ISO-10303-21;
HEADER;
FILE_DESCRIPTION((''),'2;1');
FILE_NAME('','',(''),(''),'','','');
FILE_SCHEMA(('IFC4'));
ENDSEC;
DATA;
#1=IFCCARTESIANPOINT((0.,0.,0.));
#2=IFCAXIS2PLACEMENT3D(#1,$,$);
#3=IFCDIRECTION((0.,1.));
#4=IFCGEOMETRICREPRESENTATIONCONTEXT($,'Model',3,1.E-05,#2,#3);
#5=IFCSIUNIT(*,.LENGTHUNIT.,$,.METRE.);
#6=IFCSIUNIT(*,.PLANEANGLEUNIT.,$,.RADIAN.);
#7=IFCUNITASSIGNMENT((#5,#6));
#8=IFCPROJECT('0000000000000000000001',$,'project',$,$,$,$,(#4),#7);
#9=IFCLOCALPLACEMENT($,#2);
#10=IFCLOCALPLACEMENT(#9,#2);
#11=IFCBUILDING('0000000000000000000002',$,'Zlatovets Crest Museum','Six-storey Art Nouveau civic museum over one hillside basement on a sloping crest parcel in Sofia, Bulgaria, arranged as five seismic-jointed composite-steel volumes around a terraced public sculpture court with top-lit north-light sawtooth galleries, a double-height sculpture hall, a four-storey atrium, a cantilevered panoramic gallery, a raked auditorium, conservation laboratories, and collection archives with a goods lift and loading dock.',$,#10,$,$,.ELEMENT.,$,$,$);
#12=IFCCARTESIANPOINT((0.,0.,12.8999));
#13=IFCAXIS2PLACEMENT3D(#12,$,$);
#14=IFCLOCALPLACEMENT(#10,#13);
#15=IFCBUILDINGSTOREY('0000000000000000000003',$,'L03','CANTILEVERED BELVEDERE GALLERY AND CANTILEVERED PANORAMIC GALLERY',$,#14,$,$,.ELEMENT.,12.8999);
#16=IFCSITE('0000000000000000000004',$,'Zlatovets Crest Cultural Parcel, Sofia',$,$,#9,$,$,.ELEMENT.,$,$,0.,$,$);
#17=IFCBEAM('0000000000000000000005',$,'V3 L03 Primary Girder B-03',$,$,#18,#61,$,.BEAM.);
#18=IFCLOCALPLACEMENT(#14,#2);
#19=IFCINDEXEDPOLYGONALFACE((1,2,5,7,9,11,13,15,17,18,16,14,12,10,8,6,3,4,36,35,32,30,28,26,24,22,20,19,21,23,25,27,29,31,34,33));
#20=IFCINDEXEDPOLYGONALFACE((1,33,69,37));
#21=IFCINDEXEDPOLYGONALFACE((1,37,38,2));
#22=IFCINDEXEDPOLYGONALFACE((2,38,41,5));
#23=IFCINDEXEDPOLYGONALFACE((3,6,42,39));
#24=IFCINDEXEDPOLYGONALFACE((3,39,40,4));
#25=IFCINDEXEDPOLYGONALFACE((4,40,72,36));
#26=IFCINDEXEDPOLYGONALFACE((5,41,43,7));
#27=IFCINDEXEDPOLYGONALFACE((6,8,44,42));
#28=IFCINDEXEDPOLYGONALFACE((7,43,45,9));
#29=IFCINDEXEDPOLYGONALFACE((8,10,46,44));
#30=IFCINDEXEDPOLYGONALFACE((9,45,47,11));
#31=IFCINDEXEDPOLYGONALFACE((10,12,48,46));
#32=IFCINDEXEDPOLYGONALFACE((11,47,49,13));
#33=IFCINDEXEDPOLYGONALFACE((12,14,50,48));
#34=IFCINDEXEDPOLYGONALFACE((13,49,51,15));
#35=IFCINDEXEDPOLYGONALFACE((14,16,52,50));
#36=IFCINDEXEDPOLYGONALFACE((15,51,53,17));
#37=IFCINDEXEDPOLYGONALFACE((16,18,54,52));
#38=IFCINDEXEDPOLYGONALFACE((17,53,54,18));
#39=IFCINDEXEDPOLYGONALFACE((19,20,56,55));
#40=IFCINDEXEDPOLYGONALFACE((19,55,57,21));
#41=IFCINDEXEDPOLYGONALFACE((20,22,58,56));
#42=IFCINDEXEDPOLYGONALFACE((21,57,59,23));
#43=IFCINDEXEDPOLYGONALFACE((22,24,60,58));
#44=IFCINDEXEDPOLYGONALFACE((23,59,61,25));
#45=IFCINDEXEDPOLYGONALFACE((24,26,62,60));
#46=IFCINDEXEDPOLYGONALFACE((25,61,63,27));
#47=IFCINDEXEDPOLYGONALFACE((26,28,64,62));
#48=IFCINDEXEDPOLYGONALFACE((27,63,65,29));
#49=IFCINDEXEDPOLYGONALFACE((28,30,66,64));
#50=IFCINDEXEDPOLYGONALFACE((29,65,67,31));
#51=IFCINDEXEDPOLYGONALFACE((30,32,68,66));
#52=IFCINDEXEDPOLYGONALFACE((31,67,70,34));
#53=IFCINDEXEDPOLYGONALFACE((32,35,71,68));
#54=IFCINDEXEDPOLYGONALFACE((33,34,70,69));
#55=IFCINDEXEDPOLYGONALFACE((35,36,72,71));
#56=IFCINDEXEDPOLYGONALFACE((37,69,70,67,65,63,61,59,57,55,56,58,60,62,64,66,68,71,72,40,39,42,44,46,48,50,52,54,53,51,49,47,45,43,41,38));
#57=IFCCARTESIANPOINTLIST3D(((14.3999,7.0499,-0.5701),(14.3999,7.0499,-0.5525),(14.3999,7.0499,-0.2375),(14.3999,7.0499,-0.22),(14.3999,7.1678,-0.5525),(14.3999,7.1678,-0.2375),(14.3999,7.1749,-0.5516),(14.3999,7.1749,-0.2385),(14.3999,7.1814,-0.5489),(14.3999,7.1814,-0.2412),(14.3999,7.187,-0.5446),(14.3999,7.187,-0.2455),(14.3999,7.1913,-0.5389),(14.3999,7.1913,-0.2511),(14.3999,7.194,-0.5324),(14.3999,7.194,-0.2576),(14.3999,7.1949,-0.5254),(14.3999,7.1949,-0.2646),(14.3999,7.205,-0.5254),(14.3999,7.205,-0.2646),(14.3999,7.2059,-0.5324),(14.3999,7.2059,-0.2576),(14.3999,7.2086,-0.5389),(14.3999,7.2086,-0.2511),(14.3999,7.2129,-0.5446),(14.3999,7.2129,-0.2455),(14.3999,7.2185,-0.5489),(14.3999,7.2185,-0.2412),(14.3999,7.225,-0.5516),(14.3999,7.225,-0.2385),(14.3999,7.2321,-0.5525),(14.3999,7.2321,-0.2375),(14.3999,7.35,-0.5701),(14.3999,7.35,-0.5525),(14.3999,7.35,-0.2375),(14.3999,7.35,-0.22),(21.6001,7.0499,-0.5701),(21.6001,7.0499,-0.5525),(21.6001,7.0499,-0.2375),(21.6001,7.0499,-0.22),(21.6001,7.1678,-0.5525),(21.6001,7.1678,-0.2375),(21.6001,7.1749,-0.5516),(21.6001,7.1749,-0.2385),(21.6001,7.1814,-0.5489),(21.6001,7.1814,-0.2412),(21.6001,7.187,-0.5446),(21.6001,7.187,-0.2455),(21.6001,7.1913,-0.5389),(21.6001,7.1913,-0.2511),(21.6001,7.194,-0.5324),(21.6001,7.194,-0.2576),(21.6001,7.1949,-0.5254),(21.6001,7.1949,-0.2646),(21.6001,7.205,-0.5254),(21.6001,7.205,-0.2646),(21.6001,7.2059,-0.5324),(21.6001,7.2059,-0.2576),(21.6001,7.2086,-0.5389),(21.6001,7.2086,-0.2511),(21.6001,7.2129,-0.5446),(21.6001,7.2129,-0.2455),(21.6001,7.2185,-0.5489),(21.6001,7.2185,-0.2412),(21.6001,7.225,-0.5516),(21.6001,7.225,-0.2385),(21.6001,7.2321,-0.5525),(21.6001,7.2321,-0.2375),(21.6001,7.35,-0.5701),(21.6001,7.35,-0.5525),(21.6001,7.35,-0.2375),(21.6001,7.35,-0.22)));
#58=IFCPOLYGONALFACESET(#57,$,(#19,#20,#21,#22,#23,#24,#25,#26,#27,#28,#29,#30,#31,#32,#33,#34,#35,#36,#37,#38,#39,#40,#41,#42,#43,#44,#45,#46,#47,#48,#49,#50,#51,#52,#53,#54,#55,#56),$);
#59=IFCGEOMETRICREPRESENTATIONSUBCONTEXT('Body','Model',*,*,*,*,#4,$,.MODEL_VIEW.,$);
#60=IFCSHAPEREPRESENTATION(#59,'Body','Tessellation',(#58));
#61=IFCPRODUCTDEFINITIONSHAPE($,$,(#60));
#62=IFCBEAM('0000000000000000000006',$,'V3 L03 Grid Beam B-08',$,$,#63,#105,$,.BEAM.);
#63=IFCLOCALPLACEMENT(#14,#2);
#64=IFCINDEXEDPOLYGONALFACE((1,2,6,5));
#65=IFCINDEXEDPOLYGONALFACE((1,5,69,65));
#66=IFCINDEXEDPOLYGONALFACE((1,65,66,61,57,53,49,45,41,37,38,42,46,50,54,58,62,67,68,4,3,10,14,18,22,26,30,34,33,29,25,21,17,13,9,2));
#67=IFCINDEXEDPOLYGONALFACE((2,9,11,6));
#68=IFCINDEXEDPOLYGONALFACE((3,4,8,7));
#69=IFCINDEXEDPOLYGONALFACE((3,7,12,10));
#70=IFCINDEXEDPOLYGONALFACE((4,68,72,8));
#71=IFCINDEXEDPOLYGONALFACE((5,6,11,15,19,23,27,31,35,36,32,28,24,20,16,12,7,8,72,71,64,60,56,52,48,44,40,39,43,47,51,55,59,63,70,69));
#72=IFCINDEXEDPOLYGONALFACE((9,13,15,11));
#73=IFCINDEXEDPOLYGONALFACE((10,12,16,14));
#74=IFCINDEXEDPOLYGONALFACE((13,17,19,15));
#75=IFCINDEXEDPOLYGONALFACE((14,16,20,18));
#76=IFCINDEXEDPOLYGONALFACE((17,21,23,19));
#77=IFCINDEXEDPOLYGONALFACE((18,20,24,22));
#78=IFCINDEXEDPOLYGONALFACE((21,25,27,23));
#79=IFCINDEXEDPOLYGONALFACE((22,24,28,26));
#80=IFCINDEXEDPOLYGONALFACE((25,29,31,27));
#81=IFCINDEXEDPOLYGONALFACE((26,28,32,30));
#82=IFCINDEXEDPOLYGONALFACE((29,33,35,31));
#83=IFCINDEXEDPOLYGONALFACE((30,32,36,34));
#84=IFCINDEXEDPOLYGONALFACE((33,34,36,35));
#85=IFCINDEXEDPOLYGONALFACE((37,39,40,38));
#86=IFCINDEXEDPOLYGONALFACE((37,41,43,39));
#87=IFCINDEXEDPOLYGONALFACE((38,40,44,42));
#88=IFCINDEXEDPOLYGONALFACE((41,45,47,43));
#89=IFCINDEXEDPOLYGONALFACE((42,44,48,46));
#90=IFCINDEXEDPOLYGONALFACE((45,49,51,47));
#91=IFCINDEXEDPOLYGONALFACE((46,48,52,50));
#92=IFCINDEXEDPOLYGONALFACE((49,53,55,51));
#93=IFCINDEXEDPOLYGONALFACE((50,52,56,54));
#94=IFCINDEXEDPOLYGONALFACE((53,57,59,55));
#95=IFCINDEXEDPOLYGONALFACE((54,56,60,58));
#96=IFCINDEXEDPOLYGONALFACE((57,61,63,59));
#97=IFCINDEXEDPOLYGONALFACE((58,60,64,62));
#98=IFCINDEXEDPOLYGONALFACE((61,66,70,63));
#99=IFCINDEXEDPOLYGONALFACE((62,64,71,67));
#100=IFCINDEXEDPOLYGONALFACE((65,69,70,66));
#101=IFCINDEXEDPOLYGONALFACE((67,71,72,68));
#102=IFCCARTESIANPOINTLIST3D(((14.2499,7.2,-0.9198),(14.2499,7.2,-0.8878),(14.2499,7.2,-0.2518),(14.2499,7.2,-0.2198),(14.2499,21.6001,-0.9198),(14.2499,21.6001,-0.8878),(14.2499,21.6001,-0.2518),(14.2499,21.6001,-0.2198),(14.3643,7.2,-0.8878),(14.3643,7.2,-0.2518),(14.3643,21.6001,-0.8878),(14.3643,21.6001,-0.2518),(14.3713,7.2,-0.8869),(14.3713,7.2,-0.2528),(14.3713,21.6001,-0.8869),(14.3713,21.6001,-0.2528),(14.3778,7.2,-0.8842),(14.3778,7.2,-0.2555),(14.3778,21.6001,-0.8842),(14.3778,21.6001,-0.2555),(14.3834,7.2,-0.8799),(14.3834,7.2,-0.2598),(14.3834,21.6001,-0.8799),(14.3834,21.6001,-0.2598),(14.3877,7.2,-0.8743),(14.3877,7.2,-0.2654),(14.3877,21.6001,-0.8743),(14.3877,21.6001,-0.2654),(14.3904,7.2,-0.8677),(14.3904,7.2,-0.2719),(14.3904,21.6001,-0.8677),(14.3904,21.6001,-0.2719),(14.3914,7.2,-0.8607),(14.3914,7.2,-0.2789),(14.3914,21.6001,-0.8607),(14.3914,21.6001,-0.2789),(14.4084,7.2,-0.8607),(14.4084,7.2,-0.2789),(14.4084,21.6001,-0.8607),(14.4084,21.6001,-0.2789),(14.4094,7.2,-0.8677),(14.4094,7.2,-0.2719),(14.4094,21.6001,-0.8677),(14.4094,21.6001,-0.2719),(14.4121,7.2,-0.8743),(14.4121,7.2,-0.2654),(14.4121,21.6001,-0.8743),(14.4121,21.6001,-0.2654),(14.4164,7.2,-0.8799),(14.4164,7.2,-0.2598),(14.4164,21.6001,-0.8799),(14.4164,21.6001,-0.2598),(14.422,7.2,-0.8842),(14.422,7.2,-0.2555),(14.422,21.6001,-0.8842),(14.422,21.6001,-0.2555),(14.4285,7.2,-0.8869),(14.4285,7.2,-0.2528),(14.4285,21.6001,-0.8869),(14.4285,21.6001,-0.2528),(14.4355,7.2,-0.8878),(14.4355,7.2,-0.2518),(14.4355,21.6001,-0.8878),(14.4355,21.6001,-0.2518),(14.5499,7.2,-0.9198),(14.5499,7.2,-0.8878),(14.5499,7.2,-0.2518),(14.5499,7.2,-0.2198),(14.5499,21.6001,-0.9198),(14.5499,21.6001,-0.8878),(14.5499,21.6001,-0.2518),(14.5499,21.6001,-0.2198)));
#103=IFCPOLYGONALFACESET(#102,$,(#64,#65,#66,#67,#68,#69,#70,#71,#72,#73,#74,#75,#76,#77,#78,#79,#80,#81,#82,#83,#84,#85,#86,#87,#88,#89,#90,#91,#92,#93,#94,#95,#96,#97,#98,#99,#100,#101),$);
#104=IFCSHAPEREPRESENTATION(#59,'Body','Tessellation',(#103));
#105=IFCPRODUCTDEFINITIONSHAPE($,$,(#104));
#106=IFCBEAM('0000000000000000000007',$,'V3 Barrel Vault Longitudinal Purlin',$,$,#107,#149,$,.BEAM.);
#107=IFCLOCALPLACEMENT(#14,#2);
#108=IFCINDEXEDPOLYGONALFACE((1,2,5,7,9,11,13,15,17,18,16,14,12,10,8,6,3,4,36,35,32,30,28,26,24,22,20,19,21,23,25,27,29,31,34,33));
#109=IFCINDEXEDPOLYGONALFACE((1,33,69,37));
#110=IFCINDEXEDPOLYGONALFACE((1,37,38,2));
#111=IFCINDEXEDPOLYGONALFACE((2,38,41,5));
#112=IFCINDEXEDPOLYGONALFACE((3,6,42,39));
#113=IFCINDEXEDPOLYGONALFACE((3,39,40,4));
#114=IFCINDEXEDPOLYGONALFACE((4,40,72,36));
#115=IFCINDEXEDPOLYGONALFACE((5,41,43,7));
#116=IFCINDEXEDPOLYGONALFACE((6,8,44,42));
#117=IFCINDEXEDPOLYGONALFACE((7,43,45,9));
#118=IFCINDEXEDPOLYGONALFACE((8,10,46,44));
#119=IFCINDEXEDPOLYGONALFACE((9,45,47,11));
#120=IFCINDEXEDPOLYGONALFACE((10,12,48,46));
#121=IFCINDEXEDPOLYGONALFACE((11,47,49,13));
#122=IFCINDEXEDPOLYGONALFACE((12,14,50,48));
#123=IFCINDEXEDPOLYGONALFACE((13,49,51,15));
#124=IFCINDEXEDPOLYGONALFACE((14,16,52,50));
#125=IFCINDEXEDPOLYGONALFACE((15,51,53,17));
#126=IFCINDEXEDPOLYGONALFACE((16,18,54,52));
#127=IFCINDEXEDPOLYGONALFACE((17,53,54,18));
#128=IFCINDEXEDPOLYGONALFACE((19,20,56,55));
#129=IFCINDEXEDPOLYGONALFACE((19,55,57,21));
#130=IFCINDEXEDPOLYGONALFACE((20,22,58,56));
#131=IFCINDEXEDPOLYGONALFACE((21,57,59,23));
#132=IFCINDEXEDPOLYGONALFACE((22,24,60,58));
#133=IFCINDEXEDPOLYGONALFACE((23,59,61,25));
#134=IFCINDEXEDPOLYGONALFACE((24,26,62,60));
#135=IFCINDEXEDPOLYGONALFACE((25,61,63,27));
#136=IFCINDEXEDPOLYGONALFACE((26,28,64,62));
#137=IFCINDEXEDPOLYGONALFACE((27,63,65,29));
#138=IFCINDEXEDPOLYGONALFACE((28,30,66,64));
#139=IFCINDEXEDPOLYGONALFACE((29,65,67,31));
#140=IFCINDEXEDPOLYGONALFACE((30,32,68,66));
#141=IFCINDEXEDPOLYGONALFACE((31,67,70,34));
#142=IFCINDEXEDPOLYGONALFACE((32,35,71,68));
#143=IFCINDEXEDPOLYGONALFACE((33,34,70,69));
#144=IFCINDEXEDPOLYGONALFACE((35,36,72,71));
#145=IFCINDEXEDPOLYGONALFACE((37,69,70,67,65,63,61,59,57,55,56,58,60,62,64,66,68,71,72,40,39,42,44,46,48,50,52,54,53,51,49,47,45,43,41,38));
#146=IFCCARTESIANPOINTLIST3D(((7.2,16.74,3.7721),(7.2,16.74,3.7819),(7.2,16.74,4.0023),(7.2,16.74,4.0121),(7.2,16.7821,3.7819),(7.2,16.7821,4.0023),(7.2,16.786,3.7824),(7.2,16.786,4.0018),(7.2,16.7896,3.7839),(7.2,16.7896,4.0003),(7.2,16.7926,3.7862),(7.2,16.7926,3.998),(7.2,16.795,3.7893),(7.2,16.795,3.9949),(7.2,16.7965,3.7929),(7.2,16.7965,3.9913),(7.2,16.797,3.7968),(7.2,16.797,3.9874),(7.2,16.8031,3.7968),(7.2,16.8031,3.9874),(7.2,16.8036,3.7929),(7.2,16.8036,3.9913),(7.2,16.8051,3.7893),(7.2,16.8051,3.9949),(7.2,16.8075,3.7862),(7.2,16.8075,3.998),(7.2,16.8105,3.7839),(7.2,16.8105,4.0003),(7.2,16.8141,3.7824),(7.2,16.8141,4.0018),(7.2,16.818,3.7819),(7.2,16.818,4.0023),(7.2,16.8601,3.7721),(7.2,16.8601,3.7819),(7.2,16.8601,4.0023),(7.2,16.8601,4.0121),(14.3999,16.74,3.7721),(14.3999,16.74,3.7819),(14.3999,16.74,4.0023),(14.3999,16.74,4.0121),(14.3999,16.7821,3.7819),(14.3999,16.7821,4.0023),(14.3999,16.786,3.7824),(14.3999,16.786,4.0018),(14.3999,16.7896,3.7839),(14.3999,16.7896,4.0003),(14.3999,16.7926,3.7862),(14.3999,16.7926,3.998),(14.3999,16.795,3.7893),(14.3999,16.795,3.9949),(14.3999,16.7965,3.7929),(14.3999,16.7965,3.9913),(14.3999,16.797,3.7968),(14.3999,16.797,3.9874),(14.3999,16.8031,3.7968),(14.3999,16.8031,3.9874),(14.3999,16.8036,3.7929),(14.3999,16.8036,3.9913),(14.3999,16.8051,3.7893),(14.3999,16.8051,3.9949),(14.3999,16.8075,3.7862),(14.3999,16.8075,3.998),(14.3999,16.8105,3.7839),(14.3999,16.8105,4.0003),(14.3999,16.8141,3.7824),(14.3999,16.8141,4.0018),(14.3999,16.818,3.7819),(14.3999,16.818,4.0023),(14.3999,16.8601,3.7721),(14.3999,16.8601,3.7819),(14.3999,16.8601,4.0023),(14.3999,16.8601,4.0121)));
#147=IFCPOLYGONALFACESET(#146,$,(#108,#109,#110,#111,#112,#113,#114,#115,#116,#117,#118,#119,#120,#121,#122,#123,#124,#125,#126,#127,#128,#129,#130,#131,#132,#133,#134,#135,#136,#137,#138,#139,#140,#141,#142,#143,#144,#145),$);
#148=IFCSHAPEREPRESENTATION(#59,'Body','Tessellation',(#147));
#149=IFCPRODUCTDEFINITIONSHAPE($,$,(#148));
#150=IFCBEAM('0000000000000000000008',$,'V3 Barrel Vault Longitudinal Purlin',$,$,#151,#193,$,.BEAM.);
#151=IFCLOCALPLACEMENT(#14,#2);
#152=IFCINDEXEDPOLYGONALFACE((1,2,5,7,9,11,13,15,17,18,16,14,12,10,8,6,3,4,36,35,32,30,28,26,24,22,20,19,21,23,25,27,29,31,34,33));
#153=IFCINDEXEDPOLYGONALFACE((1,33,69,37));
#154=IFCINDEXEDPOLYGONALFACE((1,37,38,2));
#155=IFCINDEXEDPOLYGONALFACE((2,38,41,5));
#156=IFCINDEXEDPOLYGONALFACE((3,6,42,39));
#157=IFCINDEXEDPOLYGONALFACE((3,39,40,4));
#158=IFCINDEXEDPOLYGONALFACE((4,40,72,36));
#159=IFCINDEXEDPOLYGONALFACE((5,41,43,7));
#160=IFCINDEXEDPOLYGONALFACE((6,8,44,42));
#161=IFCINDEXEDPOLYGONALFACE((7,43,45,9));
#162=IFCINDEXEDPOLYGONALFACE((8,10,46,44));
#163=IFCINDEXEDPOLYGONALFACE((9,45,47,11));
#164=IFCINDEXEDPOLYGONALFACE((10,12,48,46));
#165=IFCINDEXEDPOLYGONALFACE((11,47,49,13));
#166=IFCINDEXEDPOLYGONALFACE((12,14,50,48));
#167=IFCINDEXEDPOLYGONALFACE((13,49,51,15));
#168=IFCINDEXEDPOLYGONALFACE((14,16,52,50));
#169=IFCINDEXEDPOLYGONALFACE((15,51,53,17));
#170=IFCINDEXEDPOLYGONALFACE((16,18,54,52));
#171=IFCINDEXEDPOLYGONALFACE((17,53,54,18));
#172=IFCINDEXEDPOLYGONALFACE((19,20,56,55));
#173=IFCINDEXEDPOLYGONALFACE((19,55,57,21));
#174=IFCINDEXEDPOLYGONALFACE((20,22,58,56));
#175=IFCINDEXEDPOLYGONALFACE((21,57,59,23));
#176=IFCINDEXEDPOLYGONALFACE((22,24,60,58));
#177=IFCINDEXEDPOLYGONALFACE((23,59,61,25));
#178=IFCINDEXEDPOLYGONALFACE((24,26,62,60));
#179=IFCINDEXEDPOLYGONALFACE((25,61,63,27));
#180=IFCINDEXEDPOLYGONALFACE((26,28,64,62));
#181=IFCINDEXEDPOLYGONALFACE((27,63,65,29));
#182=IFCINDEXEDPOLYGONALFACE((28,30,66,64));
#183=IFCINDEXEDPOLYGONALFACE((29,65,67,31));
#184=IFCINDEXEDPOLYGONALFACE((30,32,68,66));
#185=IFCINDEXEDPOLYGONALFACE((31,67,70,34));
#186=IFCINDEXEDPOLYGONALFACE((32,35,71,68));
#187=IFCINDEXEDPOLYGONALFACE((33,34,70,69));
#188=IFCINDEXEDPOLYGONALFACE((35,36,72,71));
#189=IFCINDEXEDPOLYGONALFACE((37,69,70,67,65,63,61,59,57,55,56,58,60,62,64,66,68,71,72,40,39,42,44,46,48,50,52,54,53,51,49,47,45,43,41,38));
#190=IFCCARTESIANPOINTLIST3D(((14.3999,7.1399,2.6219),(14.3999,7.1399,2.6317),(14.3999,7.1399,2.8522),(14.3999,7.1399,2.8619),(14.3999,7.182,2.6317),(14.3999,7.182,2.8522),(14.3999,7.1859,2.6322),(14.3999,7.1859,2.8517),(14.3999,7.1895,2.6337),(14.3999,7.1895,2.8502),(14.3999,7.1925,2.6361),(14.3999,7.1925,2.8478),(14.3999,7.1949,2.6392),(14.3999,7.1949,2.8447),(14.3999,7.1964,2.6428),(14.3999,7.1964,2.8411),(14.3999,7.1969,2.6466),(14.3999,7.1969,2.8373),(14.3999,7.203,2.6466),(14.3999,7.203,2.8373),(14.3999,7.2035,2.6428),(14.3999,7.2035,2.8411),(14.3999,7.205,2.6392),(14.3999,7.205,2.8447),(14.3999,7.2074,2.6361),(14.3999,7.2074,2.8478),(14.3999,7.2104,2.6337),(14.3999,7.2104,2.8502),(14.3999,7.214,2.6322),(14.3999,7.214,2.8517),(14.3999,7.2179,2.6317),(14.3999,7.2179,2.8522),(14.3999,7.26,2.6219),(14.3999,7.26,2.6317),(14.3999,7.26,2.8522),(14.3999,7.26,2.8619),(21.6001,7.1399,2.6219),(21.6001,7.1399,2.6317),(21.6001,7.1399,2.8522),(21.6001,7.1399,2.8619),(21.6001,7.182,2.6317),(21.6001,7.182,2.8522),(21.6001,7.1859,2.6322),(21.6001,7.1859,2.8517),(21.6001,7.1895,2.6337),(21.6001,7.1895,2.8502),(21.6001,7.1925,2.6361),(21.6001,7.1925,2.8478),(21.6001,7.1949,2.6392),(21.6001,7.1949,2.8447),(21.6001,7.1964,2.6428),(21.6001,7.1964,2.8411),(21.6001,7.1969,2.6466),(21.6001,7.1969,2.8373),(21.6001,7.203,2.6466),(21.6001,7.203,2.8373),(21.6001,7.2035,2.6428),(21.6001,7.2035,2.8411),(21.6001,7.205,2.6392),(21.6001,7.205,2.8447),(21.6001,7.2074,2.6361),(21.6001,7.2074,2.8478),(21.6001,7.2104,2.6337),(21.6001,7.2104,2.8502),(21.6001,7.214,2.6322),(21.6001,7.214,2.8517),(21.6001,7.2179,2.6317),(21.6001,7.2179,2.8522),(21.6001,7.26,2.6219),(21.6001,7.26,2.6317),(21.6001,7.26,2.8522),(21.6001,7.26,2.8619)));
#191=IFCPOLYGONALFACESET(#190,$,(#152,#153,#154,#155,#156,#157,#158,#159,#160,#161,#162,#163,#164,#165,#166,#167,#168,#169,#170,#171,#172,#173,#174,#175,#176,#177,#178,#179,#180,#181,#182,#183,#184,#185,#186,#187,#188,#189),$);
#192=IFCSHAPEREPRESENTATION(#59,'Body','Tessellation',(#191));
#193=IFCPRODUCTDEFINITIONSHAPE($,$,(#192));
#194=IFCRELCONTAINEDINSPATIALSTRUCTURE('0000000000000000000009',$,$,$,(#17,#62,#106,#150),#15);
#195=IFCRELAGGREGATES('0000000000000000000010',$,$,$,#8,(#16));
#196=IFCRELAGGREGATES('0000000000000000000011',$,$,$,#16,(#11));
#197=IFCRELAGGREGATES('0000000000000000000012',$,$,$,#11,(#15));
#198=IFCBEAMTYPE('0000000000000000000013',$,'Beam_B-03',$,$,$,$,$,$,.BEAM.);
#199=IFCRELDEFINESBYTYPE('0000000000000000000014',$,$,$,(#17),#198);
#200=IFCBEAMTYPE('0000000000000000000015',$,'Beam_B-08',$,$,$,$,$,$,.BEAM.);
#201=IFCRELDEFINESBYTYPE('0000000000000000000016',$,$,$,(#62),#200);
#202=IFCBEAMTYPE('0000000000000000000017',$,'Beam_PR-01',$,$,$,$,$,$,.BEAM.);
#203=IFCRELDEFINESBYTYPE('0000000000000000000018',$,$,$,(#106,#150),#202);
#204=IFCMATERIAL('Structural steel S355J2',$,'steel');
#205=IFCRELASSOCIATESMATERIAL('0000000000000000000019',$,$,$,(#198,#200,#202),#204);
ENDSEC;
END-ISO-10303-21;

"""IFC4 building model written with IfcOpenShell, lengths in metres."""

from ifc_helpers import new_model, si_unit, direction, frame, origin, origin_2d, place, context, subcontext, project, spatial, i_section, extrude, material, material_profile, profile_set, type_object, element, save


model = new_model("IFC4")

# Units and contexts
model_context = context("Model", 3, precision=1e-05, world=origin(), true_north=direction((0.0, 1.0)))
body_context = subcontext(model_context, "Body", "Model", "MODEL_VIEW")
ifc_project = project(units=[si_unit("LENGTHUNIT", "METRE"), si_unit("PLANEANGLEUNIT", "RADIAN")], contexts=[model_context])

# Site, building, storey
site_placement = place(None, origin())
site = spatial("IfcSite", under=ifc_project, at=site_placement, Name="Zlatovets Crest Cultural Parcel, Sofia", CompositionType="ELEMENT", RefElevation=0.0)
building_placement = place(site_placement, origin())
building = spatial("IfcBuilding", under=site, at=building_placement, Name="Zlatovets Crest Museum", Description="Six-storey Art Nouveau civic museum over one hillside basement on a sloping crest parcel in Sofia, Bulgaria, arranged as five seismic-jointed composite-steel volumes around a terraced public sculpture court with top-lit north-light sawtooth galleries, a double-height sculpture hall, a four-storey atrium, a cantilevered panoramic gallery, a raked auditorium, conservation laboratories, and collection archives with a goods lift and loading dock.", CompositionType="ELEMENT")
storey_placement = place(building_placement, frame((0.0, 0.0, 12.8999)))
storey = spatial("IfcBuildingStorey", under=building, at=storey_placement, Name="L03", Description="CANTILEVERED BELVEDERE GALLERY AND CANTILEVERED PANORAMIC GALLERY", CompositionType="ELEMENT", Elevation=12.8999)

# Beams
ifc_material_1 = material(Name="Structural steel S355J2", Category="steel")
ifc_material_profile_1 = material_profile(ifc_material_1, i_section(OverallWidth=0.3, OverallDepth=0.3501, WebThickness=0.01, FlangeThickness=0.0176, FilletRadius=0.0271, at=origin_2d()), Name="HEA 360")
ifc_profile_set_1 = profile_set([ifc_material_profile_1], Name="Structural steel S355J2")
beam_type_1 = type_object("IfcBeamType", Name="Beam_B-03", PredefinedType="BEAM", material=ifc_profile_set_1)
beam_1_placement = place(storey_placement, frame((14.3999, 7.2, -0.395), z_axis=(1.0, 0.0, 0.0), x_axis=(0.0, 1.0, 0.0)))
element("IfcBeam", 1, at=beam_1_placement, inside=storey, type_object=beam_type_1, Name="V3 L03 Primary Girder B-03", PredefinedType="BEAM", context=body_context, shape_type="SweptSolid", body=[
    extrude(i_section(OverallWidth=0.3, OverallDepth=0.3501, WebThickness=0.01, FlangeThickness=0.0176, FilletRadius=0.0271, at=origin_2d()), origin(), (0.0, 0.0, 1.0), 7.2002),
])
ifc_material_profile_2 = material_profile(ifc_material_1, i_section(OverallWidth=0.3, OverallDepth=0.7, WebThickness=0.0171, FlangeThickness=0.032, FilletRadius=0.0271, at=origin_2d()), Name="HEB 700")
ifc_profile_set_2 = profile_set([ifc_material_profile_2], Name="Structural steel S355J2")
beam_type_2 = type_object("IfcBeamType", Name="Beam_B-08", PredefinedType="BEAM", material=ifc_profile_set_2)
beam_2_placement = place(storey_placement, frame((14.3999, 7.2, -0.5698), z_axis=(0.0, 1.0, 0.0), x_axis=(-1.0, 0.0, 0.0)))
element("IfcBeam", 2, at=beam_2_placement, inside=storey, type_object=beam_type_2, Name="V3 L03 Grid Beam B-08", PredefinedType="BEAM", context=body_context, shape_type="SweptSolid", body=[
    extrude(i_section(OverallWidth=0.3, OverallDepth=0.7, WebThickness=0.0171, FlangeThickness=0.032, FilletRadius=0.0271, at=origin_2d()), origin(), (0.0, 0.0, 1.0), 14.4001),
])
ifc_material_profile_3 = material_profile(ifc_material_1, i_section(OverallWidth=0.1201, OverallDepth=0.24, WebThickness=0.0061, FlangeThickness=0.0098, FilletRadius=0.0149, at=origin_2d()), Name="IPE 240")
ifc_profile_set_3 = profile_set([ifc_material_profile_3], Name="Structural steel S355J2")
beam_type_3 = type_object("IfcBeamType", Name="Beam_PR-01", PredefinedType="BEAM", material=ifc_profile_set_3)
beam_3_placement = place(storey_placement, frame((7.2, 16.8, 3.8921), z_axis=(1.0, 0.0, 0.0), x_axis=(0.0, 1.0, 0.0)))
element("IfcBeam", 3, at=beam_3_placement, inside=storey, type_object=beam_type_3, Name="V3 Barrel Vault Longitudinal Purlin", PredefinedType="BEAM", context=body_context, shape_type="SweptSolid", body=[
    extrude(i_section(OverallWidth=0.1201, OverallDepth=0.24, WebThickness=0.0061, FlangeThickness=0.0098, FilletRadius=0.0149, at=origin_2d()), origin(), (0.0, 0.0, 1.0), 7.2),
])
for number, where, z_axis, x_axis, name in (
    (4, (14.3999, 7.2, 2.7419), (1.0, 0.0, 0.0), (0.0, 1.0, 0.0), "V3 Barrel Vault Longitudinal Purlin"),
):
    element("IfcBeam", number, at=place(storey_placement, frame(where, z_axis=z_axis, x_axis=x_axis)), inside=storey, type_object=beam_type_3, Name=name, PredefinedType="BEAM", context=body_context, shape_type="SweptSolid", body=[
        extrude(i_section(OverallWidth=0.1201, OverallDepth=0.24, WebThickness=0.0061, FlangeThickness=0.0098, FilletRadius=0.0149, at=origin_2d()), origin(), (0.0, 0.0, 1.0), 7.2002),
    ])

save(model, "model.ifc")
